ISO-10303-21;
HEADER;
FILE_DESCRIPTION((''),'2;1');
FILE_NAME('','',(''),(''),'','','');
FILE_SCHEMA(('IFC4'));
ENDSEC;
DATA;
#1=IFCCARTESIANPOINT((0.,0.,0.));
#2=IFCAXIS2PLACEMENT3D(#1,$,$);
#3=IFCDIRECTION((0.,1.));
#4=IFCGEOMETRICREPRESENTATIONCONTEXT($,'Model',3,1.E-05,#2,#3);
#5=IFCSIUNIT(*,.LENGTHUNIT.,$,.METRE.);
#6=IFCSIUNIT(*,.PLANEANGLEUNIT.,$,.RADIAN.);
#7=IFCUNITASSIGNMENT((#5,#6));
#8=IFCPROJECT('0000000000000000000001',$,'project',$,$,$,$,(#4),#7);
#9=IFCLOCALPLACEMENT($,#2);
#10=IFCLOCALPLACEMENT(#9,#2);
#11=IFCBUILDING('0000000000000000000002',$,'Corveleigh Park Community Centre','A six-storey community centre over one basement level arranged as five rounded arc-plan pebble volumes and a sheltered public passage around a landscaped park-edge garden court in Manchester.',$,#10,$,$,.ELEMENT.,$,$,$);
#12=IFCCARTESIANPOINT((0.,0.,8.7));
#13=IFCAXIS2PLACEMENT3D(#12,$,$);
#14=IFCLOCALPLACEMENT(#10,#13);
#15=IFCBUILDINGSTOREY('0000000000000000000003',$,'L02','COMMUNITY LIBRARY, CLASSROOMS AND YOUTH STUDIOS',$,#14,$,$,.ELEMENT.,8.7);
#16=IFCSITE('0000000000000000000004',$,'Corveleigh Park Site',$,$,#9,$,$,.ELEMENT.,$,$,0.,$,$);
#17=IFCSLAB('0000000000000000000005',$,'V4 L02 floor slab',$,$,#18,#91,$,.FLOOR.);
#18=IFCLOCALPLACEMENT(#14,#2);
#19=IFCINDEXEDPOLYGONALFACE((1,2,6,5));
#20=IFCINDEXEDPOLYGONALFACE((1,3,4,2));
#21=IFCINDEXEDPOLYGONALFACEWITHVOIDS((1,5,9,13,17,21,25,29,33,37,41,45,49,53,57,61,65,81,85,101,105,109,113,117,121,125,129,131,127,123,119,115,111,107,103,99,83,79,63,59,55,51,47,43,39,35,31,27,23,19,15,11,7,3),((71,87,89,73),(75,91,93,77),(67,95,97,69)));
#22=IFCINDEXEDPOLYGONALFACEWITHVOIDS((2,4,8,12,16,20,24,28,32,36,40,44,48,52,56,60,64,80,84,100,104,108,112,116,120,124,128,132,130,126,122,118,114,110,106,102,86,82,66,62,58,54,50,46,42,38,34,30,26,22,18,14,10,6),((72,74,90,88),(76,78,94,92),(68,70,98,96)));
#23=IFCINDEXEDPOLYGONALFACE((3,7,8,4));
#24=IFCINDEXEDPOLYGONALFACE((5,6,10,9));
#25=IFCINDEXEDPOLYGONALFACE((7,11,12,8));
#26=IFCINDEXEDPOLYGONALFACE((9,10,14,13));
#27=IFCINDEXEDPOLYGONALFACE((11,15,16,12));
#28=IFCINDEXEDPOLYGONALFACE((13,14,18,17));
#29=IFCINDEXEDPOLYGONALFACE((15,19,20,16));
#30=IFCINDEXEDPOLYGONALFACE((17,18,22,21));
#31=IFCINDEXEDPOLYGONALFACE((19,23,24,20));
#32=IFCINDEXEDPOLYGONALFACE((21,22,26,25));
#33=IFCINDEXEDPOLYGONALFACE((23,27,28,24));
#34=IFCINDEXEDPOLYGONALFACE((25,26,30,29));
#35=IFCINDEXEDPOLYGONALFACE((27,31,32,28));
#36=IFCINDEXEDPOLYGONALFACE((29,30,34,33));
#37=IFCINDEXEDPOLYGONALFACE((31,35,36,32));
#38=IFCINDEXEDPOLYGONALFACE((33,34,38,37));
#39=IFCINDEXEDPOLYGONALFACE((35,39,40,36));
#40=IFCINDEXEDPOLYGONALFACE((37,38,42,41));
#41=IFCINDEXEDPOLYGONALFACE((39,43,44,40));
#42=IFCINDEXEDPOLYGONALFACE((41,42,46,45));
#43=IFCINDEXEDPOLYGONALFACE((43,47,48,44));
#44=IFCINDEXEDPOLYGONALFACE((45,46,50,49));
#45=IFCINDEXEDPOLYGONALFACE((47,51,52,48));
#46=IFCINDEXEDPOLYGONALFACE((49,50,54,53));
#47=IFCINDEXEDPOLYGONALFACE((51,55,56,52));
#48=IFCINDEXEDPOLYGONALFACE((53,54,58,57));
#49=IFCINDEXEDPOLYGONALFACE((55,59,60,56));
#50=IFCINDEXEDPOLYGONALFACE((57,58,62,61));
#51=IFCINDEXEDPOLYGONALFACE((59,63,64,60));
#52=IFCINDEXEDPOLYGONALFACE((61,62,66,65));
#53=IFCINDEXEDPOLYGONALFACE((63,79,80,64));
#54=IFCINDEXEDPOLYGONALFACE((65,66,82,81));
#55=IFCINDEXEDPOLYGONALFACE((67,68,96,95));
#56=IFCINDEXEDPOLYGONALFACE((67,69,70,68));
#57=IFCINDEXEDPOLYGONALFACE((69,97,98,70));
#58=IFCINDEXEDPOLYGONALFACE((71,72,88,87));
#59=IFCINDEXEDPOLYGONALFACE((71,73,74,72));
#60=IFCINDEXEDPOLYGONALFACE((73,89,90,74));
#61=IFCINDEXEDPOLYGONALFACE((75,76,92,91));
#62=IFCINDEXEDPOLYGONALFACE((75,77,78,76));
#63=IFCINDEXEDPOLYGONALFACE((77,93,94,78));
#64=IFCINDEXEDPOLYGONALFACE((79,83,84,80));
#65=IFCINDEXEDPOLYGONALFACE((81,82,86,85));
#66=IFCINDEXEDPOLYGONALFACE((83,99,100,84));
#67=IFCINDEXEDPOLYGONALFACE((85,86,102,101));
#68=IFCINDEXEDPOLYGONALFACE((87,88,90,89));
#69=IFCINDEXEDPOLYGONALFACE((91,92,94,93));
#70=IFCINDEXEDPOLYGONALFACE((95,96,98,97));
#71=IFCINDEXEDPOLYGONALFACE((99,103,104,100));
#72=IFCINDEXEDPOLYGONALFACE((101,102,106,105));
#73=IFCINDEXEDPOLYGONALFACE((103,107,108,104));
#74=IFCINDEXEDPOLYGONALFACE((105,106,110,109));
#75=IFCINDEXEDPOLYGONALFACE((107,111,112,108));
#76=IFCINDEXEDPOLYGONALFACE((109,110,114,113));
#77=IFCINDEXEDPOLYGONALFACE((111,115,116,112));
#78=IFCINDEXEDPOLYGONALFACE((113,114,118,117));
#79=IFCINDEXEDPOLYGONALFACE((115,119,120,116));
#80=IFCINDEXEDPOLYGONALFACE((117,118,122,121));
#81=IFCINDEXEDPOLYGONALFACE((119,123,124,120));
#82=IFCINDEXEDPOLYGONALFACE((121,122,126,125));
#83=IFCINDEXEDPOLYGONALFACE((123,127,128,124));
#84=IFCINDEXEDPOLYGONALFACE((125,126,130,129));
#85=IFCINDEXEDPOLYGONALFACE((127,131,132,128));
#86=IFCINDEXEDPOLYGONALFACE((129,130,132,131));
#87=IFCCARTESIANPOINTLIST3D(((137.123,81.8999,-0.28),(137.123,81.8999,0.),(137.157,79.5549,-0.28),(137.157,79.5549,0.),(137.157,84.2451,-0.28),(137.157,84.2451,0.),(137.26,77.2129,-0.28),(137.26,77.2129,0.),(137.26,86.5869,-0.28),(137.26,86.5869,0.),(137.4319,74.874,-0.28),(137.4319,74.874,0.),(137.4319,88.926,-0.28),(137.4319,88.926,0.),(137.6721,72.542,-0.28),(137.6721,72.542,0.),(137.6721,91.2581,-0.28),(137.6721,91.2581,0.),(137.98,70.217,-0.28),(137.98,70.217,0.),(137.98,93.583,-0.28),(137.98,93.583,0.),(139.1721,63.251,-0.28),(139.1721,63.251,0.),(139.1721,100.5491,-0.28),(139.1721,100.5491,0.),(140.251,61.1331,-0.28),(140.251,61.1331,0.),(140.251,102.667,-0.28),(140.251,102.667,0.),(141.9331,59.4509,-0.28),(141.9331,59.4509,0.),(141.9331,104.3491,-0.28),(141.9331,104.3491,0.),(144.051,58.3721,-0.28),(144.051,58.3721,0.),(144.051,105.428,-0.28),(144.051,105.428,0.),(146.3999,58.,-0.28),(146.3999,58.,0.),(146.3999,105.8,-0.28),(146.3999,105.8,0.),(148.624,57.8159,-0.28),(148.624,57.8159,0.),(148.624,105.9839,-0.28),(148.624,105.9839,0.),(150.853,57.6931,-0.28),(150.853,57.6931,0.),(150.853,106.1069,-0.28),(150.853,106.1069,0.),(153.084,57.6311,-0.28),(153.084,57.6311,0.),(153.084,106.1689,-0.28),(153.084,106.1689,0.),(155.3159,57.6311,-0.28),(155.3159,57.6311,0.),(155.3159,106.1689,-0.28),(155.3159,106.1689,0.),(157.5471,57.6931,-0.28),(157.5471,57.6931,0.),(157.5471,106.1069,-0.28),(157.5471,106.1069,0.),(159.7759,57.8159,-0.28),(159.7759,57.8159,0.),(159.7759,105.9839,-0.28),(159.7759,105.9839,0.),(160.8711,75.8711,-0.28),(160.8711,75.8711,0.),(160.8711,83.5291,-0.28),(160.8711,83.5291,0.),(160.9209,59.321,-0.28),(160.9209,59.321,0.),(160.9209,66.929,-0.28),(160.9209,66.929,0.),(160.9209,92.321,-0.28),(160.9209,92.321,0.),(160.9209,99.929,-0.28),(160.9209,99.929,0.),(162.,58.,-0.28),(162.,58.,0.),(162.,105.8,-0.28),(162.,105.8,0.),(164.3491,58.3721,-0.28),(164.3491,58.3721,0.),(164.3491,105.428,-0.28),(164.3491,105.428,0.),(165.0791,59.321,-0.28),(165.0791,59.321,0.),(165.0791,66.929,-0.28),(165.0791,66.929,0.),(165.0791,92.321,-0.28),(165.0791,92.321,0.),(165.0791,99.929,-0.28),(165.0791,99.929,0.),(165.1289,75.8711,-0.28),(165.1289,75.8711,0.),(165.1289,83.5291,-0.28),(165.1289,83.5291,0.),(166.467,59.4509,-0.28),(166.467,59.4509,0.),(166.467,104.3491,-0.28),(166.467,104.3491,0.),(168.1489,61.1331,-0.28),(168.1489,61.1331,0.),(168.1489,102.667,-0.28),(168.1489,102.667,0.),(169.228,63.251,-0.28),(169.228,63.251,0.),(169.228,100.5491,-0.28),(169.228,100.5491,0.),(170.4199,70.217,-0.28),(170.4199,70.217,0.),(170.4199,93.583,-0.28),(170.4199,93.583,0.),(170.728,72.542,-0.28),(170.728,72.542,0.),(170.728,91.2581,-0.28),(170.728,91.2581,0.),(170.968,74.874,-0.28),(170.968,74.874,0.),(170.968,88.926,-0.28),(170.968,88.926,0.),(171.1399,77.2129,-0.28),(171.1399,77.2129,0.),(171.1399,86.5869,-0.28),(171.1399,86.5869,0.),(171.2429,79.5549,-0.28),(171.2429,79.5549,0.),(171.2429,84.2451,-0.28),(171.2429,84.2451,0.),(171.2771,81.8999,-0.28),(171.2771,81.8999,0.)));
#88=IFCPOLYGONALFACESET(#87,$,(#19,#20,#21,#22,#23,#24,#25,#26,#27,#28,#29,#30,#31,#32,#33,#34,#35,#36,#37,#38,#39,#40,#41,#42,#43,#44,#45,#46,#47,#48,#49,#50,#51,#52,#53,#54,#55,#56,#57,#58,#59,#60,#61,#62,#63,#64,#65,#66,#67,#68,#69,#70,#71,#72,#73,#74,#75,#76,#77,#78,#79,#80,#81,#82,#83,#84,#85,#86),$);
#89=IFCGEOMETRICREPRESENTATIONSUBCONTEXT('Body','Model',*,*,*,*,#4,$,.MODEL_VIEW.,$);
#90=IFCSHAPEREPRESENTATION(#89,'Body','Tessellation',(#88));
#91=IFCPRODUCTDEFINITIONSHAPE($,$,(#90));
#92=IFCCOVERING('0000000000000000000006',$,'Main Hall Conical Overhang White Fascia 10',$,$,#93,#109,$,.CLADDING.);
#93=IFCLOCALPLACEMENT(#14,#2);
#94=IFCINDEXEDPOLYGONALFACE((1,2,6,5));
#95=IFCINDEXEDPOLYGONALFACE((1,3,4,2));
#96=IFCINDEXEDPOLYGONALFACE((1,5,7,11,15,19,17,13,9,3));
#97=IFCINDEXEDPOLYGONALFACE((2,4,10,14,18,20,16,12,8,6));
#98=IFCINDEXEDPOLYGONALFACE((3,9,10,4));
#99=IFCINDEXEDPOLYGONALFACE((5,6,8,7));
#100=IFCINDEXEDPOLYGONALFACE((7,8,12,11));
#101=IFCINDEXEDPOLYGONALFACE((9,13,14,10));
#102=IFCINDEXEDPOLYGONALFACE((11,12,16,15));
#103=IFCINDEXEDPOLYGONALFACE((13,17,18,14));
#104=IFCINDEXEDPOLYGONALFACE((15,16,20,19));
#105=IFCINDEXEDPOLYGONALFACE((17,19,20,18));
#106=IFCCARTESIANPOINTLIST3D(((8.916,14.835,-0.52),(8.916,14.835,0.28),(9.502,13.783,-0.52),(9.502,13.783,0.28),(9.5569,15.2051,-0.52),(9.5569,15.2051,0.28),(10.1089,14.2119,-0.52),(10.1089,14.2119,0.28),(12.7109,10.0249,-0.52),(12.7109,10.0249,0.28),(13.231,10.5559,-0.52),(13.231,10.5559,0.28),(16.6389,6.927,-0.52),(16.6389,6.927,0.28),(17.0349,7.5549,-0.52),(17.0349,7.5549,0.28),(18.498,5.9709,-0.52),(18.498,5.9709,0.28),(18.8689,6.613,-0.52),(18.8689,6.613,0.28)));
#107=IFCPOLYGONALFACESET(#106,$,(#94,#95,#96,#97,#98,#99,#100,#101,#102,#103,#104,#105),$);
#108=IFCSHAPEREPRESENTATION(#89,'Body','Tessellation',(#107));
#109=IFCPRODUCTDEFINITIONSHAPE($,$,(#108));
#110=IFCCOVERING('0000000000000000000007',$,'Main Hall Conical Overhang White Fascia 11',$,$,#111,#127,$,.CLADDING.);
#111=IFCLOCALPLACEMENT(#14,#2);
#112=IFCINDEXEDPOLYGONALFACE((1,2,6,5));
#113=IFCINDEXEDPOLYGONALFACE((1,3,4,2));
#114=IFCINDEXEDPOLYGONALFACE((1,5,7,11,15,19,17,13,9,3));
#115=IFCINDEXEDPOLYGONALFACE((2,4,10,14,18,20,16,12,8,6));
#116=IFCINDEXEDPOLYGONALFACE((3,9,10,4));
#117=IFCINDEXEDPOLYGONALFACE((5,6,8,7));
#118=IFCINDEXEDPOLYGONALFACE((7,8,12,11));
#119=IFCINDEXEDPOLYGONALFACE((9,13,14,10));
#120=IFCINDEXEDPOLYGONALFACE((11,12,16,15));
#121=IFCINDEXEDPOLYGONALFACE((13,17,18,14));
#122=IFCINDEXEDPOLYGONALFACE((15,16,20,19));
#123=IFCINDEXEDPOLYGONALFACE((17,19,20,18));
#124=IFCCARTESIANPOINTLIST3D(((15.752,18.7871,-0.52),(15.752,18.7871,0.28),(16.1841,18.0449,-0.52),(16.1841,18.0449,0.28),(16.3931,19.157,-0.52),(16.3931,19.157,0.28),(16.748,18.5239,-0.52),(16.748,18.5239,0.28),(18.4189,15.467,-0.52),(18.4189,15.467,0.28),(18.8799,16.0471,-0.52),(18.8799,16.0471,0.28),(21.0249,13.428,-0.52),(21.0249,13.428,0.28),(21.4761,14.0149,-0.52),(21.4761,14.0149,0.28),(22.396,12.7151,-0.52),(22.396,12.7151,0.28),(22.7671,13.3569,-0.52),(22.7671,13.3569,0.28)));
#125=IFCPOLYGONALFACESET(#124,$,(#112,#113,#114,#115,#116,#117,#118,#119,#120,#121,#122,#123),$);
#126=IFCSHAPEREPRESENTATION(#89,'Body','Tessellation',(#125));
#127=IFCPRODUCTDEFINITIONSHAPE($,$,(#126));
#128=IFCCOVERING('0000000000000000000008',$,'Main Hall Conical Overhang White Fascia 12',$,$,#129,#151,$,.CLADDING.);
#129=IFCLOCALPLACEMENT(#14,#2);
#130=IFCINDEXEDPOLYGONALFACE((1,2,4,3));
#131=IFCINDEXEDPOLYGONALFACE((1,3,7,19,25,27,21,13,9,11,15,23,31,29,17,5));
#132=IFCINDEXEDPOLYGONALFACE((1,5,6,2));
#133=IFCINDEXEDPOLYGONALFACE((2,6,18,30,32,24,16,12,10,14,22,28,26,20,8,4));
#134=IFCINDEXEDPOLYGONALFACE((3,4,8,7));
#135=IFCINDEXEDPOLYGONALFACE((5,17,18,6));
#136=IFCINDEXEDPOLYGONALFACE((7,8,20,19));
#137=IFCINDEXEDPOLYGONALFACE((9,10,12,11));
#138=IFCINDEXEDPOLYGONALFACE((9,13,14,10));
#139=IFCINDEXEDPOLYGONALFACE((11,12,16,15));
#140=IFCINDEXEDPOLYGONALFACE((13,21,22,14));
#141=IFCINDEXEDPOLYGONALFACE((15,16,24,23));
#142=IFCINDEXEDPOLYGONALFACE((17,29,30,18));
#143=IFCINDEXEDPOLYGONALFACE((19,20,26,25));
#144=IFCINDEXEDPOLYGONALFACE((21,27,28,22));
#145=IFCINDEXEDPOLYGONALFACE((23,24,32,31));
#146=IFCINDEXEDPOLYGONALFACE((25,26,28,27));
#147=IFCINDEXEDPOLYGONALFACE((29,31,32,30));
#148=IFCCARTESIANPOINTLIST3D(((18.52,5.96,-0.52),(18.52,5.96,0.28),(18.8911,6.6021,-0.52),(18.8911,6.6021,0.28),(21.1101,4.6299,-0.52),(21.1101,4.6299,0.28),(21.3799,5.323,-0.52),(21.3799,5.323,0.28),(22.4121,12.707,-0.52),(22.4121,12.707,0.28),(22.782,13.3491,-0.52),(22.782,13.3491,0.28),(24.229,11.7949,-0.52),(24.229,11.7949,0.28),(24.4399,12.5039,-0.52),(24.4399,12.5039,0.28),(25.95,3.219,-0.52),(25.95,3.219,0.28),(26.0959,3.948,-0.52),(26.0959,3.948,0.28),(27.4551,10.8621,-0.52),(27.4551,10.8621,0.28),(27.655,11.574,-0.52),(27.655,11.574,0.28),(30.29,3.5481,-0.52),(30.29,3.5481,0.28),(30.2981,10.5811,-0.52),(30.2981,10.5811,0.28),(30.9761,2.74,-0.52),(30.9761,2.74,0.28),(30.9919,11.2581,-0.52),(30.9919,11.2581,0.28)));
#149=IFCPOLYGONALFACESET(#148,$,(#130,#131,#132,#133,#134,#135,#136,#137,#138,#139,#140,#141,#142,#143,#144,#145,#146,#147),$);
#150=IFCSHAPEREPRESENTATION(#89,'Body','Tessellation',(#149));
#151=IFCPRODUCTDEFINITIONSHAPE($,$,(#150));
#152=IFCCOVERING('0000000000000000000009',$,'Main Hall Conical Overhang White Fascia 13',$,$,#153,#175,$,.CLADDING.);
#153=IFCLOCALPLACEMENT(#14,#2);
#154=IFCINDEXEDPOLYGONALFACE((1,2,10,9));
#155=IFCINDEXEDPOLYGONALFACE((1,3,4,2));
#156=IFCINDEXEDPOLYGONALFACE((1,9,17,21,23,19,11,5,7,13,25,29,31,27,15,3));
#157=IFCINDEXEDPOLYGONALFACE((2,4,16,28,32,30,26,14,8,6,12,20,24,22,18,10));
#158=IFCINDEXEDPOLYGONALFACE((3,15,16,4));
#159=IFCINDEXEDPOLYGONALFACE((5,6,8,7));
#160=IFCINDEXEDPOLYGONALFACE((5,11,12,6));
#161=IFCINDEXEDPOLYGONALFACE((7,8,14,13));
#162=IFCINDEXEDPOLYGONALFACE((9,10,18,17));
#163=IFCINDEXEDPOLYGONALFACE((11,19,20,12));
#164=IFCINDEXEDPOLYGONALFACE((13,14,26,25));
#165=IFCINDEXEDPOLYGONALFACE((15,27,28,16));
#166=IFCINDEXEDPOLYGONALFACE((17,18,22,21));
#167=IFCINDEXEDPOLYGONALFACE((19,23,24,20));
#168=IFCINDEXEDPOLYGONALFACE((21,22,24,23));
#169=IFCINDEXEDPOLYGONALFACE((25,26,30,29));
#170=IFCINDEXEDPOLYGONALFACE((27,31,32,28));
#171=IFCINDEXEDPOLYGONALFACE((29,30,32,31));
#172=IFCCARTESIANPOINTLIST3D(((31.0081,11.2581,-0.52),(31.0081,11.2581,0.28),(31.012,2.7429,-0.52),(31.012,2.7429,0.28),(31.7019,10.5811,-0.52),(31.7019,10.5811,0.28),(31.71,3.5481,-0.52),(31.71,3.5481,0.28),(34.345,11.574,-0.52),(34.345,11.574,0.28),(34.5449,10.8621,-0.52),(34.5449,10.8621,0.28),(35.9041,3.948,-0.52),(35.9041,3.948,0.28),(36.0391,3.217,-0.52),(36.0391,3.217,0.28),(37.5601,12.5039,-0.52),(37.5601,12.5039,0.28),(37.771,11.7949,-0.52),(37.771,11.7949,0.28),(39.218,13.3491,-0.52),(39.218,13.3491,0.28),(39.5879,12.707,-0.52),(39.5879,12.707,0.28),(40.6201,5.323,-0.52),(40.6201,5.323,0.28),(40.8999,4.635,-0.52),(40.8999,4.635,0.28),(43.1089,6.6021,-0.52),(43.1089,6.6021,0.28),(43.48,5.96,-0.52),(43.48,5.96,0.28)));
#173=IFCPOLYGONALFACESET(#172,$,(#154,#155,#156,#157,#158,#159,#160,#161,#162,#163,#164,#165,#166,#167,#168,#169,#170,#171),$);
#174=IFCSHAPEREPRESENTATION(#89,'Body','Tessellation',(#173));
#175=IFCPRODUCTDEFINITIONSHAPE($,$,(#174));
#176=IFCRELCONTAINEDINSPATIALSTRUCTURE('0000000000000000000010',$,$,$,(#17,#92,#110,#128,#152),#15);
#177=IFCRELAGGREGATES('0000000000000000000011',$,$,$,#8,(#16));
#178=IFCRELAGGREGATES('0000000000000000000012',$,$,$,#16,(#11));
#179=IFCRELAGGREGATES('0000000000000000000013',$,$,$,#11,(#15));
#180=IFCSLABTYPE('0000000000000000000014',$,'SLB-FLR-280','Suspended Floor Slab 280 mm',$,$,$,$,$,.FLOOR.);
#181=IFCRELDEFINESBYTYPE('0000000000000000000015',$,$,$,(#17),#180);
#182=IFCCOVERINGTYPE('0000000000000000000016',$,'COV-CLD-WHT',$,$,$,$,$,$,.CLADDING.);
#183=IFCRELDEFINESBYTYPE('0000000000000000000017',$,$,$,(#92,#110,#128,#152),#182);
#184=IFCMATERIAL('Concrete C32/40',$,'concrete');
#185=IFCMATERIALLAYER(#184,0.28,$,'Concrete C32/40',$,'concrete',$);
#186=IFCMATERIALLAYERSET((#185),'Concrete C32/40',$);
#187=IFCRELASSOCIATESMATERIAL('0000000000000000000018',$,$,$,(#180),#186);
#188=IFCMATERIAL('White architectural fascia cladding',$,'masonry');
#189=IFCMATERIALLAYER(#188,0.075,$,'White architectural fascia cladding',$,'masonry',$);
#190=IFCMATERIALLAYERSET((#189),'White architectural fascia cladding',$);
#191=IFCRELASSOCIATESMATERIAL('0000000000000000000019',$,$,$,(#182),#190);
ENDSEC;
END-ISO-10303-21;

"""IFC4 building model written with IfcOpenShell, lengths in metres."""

from ifc_helpers import new_model, si_unit, direction, frame, origin, place, context, subcontext, project, spatial, polyline, outline, extrude, material, layer, layer_set, type_object, element, save


model = new_model("IFC4")

# Units and contexts
model_context = context("Model", 3, precision=1e-05, world=origin(), true_north=direction((0.0, 1.0)))
body_context = subcontext(model_context, "Body", "Model", "MODEL_VIEW")
ifc_project = project(units=[si_unit("LENGTHUNIT", "METRE"), si_unit("PLANEANGLEUNIT", "RADIAN")], contexts=[model_context])

# Site, building, storey
site_placement = place(None, origin())
site = spatial("IfcSite", under=ifc_project, at=site_placement, Name="Corveleigh Park Site", CompositionType="ELEMENT", RefElevation=0.0)
building_placement = place(site_placement, origin())
building = spatial("IfcBuilding", under=site, at=building_placement, Name="Corveleigh Park Community Centre", Description="A six-storey community centre over one basement level arranged as five rounded arc-plan pebble volumes and a sheltered public passage around a landscaped park-edge garden court in Manchester.", CompositionType="ELEMENT")
storey_placement = place(building_placement, frame((0.0, 0.0, 8.7)))
storey = spatial("IfcBuildingStorey", under=building, at=storey_placement, Name="L02", Description="COMMUNITY LIBRARY, CLASSROOMS AND YOUTH STUDIOS", CompositionType="ELEMENT", Elevation=8.7)

# Slab
ifc_material_1 = material(Name="Concrete C32/40", Category="concrete")
ifc_layer_1 = layer(ifc_material_1, 0.28, Name="Concrete C32/40", Category="concrete")
ifc_layer_set_1 = layer_set([ifc_layer_1], Name="Concrete C32/40")
slab_type = type_object("IfcSlabType", Name="SLB-FLR-280", Description="Suspended Floor Slab 280 mm", PredefinedType="FLOOR", material=ifc_layer_set_1)
slab_placement = place(storey_placement, frame((0.0, 0.0, -0.28)))
element("IfcSlab", 1, at=slab_placement, inside=storey, type_object=slab_type, Name="V4 L02 floor slab", PredefinedType="FLOOR", context=body_context, shape_type="SweptSolid", body=[
    extrude(outline(polyline([(144.051, 58.3721), (141.9331, 59.4509), (140.251, 61.1331), (139.1721, 63.251), (137.98, 70.217), (137.6721, 72.542), (137.4319, 74.874), (137.26, 77.2129), (137.157, 79.5549), (137.123, 81.8999), (137.157, 84.2451), (137.26, 86.5869), (137.4319, 88.926), (137.6721, 91.2581), (137.98, 93.583), (139.1721, 100.5491), (140.251, 102.667), (141.9331, 104.3491), (144.051, 105.428), (146.3999, 105.8), (148.624, 105.9839), (150.853, 106.1069), (153.084, 106.1689), (155.3159, 106.1689), (157.5471, 106.1069), (159.7759, 105.9839), (162.0, 105.8), (164.3491, 105.428), (166.467, 104.3491), (168.1489, 102.667), (169.228, 100.5491), (170.4199, 93.583), (170.728, 91.2581), (170.968, 88.926), (171.1399, 86.5869), (171.2429, 84.2451), (171.2771, 81.8999), (171.2429, 79.5549), (171.1399, 77.2129), (170.968, 74.874), (170.728, 72.542), (170.4199, 70.217), (169.228, 63.251), (168.1489, 61.1331), (166.467, 59.4509), (164.3491, 58.3721), (162.0, 58.0), (159.7759, 57.8159), (157.5471, 57.6931), (155.3159, 57.6311), (153.084, 57.6311), (150.853, 57.6931), (148.624, 57.8159), (146.3999, 58.0), (144.051, 58.3721)]), holes=[polyline([(160.9209, 66.929), (160.9209, 59.321), (165.0791, 59.321), (165.0791, 66.929), (160.9209, 66.929)]), polyline([(160.8711, 83.5291), (160.8711, 75.8711), (165.1289, 75.8711), (165.1289, 83.5291), (160.8711, 83.5291)]), polyline([(165.0791, 99.929), (160.9209, 99.929), (160.9209, 92.321), (165.0791, 92.321), (165.0791, 99.929)])]), origin(), (0.0, 0.0, 1.0), 0.28),
])

# Coverings
ifc_material_2 = material(Name="White architectural fascia cladding", Category="masonry")
ifc_layer_2 = layer(ifc_material_2, 0.075, Name="White architectural fascia cladding", Category="masonry")
ifc_layer_set_2 = layer_set([ifc_layer_2], Name="White architectural fascia cladding")
covering_type = type_object("IfcCoveringType", Name="COV-CLD-WHT", PredefinedType="CLADDING", material=ifc_layer_set_2)
covering_1_placement = place(storey_placement, frame((0.0, 0.0, -0.52)))
element("IfcCovering", 2, at=covering_1_placement, inside=storey, type_object=covering_type, Name="Main Hall Conical Overhang White Fascia 10", PredefinedType="CLADDING", context=body_context, shape_type="SweptSolid", body=[
    extrude(outline(polyline([(16.6389, 6.927), (12.7109, 10.0249), (9.502, 13.783), (8.916, 14.835), (9.5569, 15.2051), (10.1089, 14.2119), (13.231, 10.5559), (17.0349, 7.5549), (18.8689, 6.613), (18.498, 5.9709), (16.6389, 6.927)])), origin(), (0.0, 0.0, 1.0), 0.8),
])
covering_2_placement = place(storey_placement, frame((0.0, 0.0, -0.52)))
element("IfcCovering", 3, at=covering_2_placement, inside=storey, type_object=covering_type, Name="Main Hall Conical Overhang White Fascia 11", PredefinedType="CLADDING", context=body_context, shape_type="SweptSolid", body=[
    extrude(outline(polyline([(16.748, 18.5239), (18.8799, 16.0471), (21.4761, 14.0149), (22.7671, 13.3569), (22.396, 12.7151), (21.0249, 13.428), (18.4189, 15.467), (16.1841, 18.0449), (15.752, 18.7871), (16.3931, 19.157), (16.748, 18.5239)])), origin(), (0.0, 0.0, 1.0), 0.8),
])
covering_3_placement = place(storey_placement, frame((0.0, 0.0, -0.52)))
element("IfcCovering", 4, at=covering_3_placement, inside=storey, type_object=covering_type, Name="Main Hall Conical Overhang White Fascia 12", PredefinedType="CLADDING", context=body_context, shape_type="SweptSolid", body=[
    extrude(outline(polyline([(30.9761, 2.74), (25.95, 3.219), (21.1101, 4.6299), (18.52, 5.96), (18.8911, 6.6021), (21.3799, 5.323), (26.0959, 3.948), (30.29, 3.5481), (30.2981, 10.5811), (27.4551, 10.8621), (24.229, 11.7949), (22.4121, 12.707), (22.782, 13.3491), (24.4399, 12.5039), (27.655, 11.574), (30.9919, 11.2581), (30.9761, 2.74)])), origin(), (0.0, 0.0, 1.0), 0.8),
])
covering_4_placement = place(storey_placement, frame((0.0, 0.0, -0.52)))
element("IfcCovering", 5, at=covering_4_placement, inside=storey, type_object=covering_type, Name="Main Hall Conical Overhang White Fascia 13", PredefinedType="CLADDING", context=body_context, shape_type="SweptSolid", body=[
    extrude(outline(polyline([(40.8999, 4.635), (36.0391, 3.217), (31.012, 2.7429), (31.0081, 11.2581), (34.345, 11.574), (37.5601, 12.5039), (39.218, 13.3491), (39.5879, 12.707), (37.771, 11.7949), (34.5449, 10.8621), (31.7019, 10.5811), (31.71, 3.5481), (35.9041, 3.948), (40.6201, 5.323), (43.1089, 6.6021), (43.48, 5.96), (40.8999, 4.635)])), origin(), (0.0, 0.0, 1.0), 0.8),
])

save(model, "model.ifc")
